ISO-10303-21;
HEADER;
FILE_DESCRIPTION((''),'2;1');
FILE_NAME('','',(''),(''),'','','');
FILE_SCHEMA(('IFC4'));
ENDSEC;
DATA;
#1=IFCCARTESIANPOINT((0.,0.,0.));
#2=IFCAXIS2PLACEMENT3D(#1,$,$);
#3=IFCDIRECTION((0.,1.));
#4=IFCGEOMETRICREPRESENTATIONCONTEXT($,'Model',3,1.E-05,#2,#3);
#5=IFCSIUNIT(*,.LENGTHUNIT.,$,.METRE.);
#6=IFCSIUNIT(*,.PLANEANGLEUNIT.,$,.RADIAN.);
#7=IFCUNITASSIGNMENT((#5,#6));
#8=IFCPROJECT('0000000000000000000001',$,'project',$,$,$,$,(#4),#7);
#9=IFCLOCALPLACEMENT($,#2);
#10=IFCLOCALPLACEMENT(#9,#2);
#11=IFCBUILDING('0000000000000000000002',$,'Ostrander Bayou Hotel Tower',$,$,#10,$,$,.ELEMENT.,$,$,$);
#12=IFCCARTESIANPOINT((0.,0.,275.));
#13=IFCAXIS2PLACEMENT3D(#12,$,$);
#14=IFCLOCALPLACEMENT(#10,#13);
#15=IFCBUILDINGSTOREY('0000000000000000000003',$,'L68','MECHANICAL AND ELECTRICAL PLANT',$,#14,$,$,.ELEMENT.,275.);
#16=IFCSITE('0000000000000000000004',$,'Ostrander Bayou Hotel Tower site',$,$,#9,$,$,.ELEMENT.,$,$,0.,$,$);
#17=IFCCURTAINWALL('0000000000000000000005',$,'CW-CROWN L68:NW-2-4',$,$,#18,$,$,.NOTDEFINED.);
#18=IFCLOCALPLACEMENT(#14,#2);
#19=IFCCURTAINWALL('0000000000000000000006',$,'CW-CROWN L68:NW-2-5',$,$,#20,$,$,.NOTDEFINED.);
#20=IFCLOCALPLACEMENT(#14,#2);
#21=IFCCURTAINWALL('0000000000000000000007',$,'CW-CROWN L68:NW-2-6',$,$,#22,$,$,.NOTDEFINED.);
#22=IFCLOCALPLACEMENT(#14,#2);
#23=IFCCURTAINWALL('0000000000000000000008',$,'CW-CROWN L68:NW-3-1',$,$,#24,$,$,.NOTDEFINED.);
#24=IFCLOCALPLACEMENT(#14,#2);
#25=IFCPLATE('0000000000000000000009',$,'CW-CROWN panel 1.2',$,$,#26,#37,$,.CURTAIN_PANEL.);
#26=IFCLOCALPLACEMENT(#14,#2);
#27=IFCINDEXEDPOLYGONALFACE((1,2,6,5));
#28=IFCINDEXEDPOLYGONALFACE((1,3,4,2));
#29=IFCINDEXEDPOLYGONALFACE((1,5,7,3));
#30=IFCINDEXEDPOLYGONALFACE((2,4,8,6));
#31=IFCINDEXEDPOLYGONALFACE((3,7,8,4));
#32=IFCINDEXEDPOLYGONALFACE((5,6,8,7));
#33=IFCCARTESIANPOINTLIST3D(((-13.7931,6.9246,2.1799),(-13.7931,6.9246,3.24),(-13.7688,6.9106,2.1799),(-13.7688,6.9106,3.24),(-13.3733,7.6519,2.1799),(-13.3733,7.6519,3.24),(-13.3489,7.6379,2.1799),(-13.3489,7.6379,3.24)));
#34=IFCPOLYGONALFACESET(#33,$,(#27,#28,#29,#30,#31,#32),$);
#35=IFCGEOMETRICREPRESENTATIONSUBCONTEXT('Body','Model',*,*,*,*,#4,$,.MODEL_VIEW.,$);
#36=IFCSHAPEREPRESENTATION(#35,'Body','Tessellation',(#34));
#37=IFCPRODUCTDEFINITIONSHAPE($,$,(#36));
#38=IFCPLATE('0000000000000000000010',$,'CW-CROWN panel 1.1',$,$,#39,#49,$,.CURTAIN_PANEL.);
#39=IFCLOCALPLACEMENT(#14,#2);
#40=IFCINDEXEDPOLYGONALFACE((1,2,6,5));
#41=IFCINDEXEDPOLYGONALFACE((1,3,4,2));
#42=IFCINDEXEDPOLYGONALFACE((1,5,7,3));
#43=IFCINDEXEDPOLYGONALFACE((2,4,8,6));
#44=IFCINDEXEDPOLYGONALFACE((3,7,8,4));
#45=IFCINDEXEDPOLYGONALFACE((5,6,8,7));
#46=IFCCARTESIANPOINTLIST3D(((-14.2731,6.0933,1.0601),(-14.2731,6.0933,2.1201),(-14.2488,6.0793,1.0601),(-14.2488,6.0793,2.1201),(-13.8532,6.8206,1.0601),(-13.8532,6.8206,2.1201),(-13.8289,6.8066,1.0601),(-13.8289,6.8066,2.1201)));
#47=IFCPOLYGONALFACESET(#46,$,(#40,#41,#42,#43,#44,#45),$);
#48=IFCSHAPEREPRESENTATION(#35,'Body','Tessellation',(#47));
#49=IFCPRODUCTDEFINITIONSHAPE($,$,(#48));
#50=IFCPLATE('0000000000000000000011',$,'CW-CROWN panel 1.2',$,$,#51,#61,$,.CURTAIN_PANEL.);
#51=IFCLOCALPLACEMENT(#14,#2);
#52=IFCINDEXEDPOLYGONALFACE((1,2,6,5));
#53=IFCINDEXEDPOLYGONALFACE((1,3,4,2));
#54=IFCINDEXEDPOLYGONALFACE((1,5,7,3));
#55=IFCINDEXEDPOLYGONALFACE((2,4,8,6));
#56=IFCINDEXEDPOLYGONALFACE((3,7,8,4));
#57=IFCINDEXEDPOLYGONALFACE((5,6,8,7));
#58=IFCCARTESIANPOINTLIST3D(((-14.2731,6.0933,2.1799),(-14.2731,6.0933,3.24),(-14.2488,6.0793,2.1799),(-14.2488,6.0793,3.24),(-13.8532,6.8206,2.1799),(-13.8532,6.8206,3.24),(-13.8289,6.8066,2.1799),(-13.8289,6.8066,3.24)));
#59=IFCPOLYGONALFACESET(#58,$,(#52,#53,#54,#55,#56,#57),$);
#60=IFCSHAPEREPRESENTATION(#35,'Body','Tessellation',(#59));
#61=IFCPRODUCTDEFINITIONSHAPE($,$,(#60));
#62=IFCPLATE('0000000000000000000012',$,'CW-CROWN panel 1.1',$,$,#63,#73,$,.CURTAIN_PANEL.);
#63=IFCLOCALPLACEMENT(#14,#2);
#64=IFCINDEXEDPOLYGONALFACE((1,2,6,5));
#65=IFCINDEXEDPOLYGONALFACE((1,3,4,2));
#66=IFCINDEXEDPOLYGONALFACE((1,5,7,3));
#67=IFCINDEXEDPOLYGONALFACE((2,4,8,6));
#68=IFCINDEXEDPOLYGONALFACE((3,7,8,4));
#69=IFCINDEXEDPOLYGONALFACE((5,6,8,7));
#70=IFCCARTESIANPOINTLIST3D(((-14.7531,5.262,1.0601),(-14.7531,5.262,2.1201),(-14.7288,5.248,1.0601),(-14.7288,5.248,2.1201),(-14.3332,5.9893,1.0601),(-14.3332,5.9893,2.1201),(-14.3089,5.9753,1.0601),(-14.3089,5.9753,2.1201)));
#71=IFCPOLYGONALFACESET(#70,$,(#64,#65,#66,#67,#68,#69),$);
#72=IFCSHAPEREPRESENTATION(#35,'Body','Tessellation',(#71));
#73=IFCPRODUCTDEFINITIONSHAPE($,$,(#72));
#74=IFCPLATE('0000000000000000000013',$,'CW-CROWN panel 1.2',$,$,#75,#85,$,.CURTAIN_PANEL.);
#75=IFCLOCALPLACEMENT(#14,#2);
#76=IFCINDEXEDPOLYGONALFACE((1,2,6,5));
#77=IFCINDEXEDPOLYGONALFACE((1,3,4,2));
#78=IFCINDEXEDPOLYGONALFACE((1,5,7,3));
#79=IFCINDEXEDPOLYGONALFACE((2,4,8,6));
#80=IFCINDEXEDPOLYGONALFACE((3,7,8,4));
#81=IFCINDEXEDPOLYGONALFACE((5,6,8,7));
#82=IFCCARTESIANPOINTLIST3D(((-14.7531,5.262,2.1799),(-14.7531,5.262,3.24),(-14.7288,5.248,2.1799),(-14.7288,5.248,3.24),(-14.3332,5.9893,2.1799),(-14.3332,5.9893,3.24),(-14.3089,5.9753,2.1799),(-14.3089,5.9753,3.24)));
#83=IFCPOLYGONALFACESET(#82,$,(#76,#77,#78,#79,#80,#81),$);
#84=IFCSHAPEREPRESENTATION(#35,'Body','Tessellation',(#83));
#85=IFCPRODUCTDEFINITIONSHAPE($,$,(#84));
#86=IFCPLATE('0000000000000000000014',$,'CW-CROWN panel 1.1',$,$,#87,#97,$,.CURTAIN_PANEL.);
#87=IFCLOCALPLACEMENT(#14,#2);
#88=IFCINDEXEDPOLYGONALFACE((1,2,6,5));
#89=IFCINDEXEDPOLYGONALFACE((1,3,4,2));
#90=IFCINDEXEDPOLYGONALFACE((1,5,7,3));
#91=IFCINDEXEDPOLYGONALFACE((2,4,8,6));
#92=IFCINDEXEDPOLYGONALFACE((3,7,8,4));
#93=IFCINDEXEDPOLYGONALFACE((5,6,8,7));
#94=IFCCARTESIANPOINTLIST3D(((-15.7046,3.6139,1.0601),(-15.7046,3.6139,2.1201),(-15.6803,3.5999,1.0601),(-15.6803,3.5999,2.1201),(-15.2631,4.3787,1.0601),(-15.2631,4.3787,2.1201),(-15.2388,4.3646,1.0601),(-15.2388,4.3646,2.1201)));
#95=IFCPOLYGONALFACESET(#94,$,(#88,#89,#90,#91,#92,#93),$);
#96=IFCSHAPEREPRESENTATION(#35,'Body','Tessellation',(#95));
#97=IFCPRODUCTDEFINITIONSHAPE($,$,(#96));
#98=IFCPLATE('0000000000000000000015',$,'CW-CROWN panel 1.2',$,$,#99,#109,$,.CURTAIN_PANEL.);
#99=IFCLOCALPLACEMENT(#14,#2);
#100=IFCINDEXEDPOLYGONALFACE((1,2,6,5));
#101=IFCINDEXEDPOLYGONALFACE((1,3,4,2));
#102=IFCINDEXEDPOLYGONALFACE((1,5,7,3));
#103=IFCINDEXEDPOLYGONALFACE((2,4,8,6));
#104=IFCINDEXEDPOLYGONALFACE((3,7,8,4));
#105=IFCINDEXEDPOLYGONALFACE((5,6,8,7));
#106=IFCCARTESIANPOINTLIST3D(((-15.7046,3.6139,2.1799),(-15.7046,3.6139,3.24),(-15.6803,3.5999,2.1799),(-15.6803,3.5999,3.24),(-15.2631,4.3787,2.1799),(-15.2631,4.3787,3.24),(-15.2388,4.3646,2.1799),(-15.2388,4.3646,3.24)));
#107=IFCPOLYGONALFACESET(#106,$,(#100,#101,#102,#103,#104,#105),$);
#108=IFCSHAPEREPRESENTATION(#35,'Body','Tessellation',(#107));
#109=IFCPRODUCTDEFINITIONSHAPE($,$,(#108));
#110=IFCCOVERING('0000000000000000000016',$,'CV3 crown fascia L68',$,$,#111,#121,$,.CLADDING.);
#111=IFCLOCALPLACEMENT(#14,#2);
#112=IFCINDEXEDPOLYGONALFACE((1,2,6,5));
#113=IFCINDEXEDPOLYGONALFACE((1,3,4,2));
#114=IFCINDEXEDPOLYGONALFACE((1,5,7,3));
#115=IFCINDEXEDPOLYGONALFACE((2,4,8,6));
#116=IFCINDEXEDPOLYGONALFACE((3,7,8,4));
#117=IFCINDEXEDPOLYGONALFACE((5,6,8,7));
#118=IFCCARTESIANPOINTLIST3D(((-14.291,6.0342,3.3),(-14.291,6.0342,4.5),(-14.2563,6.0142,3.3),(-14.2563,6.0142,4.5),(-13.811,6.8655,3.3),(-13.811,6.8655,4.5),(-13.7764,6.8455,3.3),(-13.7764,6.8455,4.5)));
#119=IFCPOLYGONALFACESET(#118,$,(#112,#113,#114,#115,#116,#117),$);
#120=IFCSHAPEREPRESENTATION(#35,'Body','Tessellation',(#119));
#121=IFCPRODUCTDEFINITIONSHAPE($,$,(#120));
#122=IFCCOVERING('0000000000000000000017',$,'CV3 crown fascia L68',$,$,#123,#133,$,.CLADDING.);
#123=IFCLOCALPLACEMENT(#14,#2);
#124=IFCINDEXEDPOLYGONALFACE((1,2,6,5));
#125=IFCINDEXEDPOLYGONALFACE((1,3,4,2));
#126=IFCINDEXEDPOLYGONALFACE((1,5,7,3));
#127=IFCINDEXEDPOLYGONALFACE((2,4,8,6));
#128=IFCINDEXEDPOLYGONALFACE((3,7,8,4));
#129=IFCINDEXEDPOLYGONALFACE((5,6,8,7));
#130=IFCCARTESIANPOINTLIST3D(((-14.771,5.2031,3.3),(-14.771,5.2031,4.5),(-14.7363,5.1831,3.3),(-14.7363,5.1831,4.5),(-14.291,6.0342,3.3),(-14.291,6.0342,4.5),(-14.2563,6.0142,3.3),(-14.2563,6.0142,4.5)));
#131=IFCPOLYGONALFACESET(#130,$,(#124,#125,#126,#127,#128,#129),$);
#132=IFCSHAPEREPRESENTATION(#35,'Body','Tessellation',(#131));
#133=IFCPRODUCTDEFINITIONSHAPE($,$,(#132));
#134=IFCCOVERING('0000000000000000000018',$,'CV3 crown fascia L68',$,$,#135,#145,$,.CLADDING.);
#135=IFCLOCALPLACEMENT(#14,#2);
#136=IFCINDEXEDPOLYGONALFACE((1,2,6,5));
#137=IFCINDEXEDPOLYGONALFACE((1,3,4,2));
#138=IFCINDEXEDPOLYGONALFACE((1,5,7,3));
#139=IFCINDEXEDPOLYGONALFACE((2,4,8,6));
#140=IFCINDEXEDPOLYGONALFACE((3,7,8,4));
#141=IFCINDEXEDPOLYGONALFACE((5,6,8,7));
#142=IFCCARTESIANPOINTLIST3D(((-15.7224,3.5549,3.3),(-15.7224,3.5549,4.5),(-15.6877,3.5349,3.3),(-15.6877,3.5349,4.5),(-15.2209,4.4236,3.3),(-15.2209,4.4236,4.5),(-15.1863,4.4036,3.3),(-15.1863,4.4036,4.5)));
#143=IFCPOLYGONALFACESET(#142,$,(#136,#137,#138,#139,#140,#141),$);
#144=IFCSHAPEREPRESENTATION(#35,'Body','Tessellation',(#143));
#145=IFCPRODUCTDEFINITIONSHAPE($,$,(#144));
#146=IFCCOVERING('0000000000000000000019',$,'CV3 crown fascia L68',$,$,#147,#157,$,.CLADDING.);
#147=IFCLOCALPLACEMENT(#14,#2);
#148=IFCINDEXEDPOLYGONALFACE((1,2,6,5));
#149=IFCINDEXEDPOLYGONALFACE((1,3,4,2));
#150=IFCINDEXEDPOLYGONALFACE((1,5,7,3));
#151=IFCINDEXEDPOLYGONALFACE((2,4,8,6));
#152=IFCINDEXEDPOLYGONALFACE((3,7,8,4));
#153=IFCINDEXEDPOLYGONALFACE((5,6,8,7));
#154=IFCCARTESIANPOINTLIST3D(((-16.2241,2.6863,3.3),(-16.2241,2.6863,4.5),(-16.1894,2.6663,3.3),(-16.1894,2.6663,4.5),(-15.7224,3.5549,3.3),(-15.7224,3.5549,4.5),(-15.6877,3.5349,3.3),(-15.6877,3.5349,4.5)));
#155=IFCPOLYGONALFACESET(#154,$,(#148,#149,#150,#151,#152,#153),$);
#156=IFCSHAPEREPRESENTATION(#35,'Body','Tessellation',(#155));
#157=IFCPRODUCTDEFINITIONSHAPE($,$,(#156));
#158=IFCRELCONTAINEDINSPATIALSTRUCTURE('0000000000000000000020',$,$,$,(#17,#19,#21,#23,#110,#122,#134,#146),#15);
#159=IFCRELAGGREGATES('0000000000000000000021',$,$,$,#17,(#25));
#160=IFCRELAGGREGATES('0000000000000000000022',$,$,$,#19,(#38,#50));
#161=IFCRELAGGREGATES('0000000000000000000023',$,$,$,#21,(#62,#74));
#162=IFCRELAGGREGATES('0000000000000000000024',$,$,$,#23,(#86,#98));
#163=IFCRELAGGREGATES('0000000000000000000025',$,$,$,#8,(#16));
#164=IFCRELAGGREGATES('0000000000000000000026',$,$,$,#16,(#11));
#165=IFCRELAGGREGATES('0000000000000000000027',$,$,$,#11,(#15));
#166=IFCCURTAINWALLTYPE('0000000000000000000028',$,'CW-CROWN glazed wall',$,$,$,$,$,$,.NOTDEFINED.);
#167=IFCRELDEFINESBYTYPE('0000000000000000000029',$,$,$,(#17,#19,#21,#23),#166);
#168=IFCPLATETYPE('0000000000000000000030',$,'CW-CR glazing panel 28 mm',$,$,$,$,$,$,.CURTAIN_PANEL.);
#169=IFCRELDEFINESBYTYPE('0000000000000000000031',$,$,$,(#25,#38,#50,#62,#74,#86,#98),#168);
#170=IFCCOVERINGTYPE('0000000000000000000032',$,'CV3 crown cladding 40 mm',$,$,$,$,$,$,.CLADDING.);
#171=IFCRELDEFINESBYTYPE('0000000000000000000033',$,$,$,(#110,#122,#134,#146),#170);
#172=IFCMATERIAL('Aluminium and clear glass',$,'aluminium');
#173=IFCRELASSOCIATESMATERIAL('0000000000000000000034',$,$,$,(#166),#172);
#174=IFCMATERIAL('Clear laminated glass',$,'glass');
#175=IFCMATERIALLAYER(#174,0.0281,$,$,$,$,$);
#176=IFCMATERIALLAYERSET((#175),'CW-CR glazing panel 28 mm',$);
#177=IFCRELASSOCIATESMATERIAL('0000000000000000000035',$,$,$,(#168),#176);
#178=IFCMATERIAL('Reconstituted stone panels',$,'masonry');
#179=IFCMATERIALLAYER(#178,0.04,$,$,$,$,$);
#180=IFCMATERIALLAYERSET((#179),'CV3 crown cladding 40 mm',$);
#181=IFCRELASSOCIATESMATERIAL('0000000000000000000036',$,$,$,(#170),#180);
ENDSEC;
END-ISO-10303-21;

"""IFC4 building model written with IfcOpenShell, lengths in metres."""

from ifc_helpers import new_model, si_unit, direction, frame, origin, origin_2d, place, context, subcontext, project, spatial, polyline, rectangle, outline, extrude, material, layer, layer_set, type_object, element, aggregate, save


model = new_model("IFC4")

# Units and contexts
model_context = context("Model", 3, precision=1e-05, world=origin(), true_north=direction((0.0, 1.0)))
body_context = subcontext(model_context, "Body", "Model", "MODEL_VIEW")
ifc_project = project(units=[si_unit("LENGTHUNIT", "METRE"), si_unit("PLANEANGLEUNIT", "RADIAN")], contexts=[model_context])

# Site, building, storey
site_placement = place(None, origin())
site = spatial("IfcSite", under=ifc_project, at=site_placement, Name="Ostrander Bayou Hotel Tower site", CompositionType="ELEMENT", RefElevation=0.0)
building_placement = place(site_placement, origin())
building = spatial("IfcBuilding", under=site, at=building_placement, Name="Ostrander Bayou Hotel Tower", CompositionType="ELEMENT")
storey_placement = place(building_placement, frame((0.0, 0.0, 275.0)))
storey = spatial("IfcBuildingStorey", under=building, at=storey_placement, Name="L68", Description="MECHANICAL AND ELECTRICAL PLANT", CompositionType="ELEMENT", Elevation=275.0)

# Curtain walls
ifc_material_1 = material(Name="Aluminium and clear glass", Category="aluminium")
curtain_wall_type = type_object("IfcCurtainWallType", Name="CW-CROWN glazed wall", PredefinedType="NOTDEFINED", material=ifc_material_1)
curtain_wall_1_placement = place(storey_placement, origin())
curtain_wall_1 = element("IfcCurtainWall", 1, at=curtain_wall_1_placement, inside=storey, type_object=curtain_wall_type, Name="CW-CROWN L68:NW-2-4", PredefinedType="NOTDEFINED")
curtain_wall_2_placement = place(storey_placement, origin())
curtain_wall_2 = element("IfcCurtainWall", 2, at=curtain_wall_2_placement, inside=storey, type_object=curtain_wall_type, Name="CW-CROWN L68:NW-2-5", PredefinedType="NOTDEFINED")
curtain_wall_3_placement = place(storey_placement, origin())
curtain_wall_3 = element("IfcCurtainWall", 3, at=curtain_wall_3_placement, inside=storey, type_object=curtain_wall_type, Name="CW-CROWN L68:NW-2-6", PredefinedType="NOTDEFINED")
curtain_wall_4_placement = place(storey_placement, origin())
curtain_wall_4 = element("IfcCurtainWall", 4, at=curtain_wall_4_placement, inside=storey, type_object=curtain_wall_type, Name="CW-CROWN L68:NW-3-1", PredefinedType="NOTDEFINED")

# Plates
ifc_material_2 = material(Name="Clear laminated glass", Category="glass")
ifc_layer_1 = layer(ifc_material_2, 0.0281)
ifc_layer_set_1 = layer_set([ifc_layer_1], Name="CW-CR glazing panel 28 mm")
plate_type = type_object("IfcPlateType", Name="CW-CR glazing panel 28 mm", PredefinedType="CURTAIN_PANEL", material=ifc_layer_set_1)
plate_1_placement = place(storey_placement, frame((-13.571, 7.2812, 2.1799), z_axis=(0.0, 0.0, 1.0), x_axis=(-0.49996, -0.866049, 0.0)))
plate_1 = element("IfcPlate", 5, at=plate_1_placement, type_object=plate_type, Name="CW-CROWN panel 1.2", PredefinedType="CURTAIN_PANEL", context=body_context, shape_type="SweptSolid", body=[
    extrude(rectangle(XDim=0.8398, YDim=0.0281, at=origin_2d()), origin(), (0.0, 0.0, 1.0), 1.0601),
])
aggregate(curtain_wall_1, [plate_1])
plate_2_placement = place(storey_placement, frame((-14.051, 6.45, 1.0601), z_axis=(0.0, 0.0, 1.0), x_axis=(-0.500005, -0.866022, 0.0)))
plate_2 = element("IfcPlate", 6, at=plate_2_placement, type_object=plate_type, Name="CW-CROWN panel 1.1", PredefinedType="CURTAIN_PANEL", context=body_context, shape_type="SweptSolid", body=[
    extrude(rectangle(XDim=0.8398, YDim=0.0281, at=origin_2d()), origin(), (0.0, 0.0, 1.0), 1.0601),
])
plate_3_placement = place(storey_placement, frame((-14.051, 6.45, 2.1799), z_axis=(0.0, 0.0, 1.0), x_axis=(-0.500005, -0.866022, 0.0)))
plate_3 = element("IfcPlate", 7, at=plate_3_placement, type_object=plate_type, Name="CW-CROWN panel 1.2", PredefinedType="CURTAIN_PANEL", context=body_context, shape_type="SweptSolid", body=[
    extrude(rectangle(XDim=0.8398, YDim=0.0281, at=origin_2d()), origin(), (0.0, 0.0, 1.0), 1.0601),
])
aggregate(curtain_wall_2, [plate_2, plate_3])
plate_4_placement = place(storey_placement, frame((-14.531, 5.6187, 1.0601), z_axis=(0.0, 0.0, 1.0), x_axis=(-0.500005, -0.866022, 0.0)))
plate_4 = element("IfcPlate", 8, at=plate_4_placement, type_object=plate_type, Name="CW-CROWN panel 1.1", PredefinedType="CURTAIN_PANEL", context=body_context, shape_type="SweptSolid", body=[
    extrude(rectangle(XDim=0.8398, YDim=0.0281, at=origin_2d()), origin(), (0.0, 0.0, 1.0), 1.0601),
])
plate_5_placement = place(storey_placement, frame((-14.531, 5.6187, 2.1799), z_axis=(0.0, 0.0, 1.0), x_axis=(-0.500005, -0.866022, 0.0)))
plate_5 = element("IfcPlate", 9, at=plate_5_placement, type_object=plate_type, Name="CW-CROWN panel 1.2", PredefinedType="CURTAIN_PANEL", context=body_context, shape_type="SweptSolid", body=[
    extrude(rectangle(XDim=0.8398, YDim=0.0281, at=origin_2d()), origin(), (0.0, 0.0, 1.0), 1.0601),
])
aggregate(curtain_wall_3, [plate_4, plate_5])
plate_6_placement = place(storey_placement, frame((-15.4717, 3.9893, 1.0601), z_axis=(0.0, 0.0, 1.0), x_axis=(-0.499967, -0.866044, 0.0)))
plate_6 = element("IfcPlate", 10, at=plate_6_placement, type_object=plate_type, Name="CW-CROWN panel 1.1", PredefinedType="CURTAIN_PANEL", context=body_context, shape_type="SweptSolid", body=[
    extrude(rectangle(XDim=0.8831, YDim=0.0281, at=origin_2d()), origin(), (0.0, 0.0, 1.0), 1.0601),
])
plate_7_placement = place(storey_placement, frame((-15.4717, 3.9893, 2.1799), z_axis=(0.0, 0.0, 1.0), x_axis=(-0.499967, -0.866044, 0.0)))
plate_7 = element("IfcPlate", 11, at=plate_7_placement, type_object=plate_type, Name="CW-CROWN panel 1.2", PredefinedType="CURTAIN_PANEL", context=body_context, shape_type="SweptSolid", body=[
    extrude(rectangle(XDim=0.8831, YDim=0.0281, at=origin_2d()), origin(), (0.0, 0.0, 1.0), 1.0601),
])
aggregate(curtain_wall_4, [plate_6, plate_7])

# Coverings
ifc_material_3 = material(Name="Reconstituted stone panels", Category="masonry")
ifc_layer_2 = layer(ifc_material_3, 0.04)
ifc_layer_set_2 = layer_set([ifc_layer_2], Name="CV3 crown cladding 40 mm")
covering_type = type_object("IfcCoveringType", Name="CV3 crown cladding 40 mm", PredefinedType="CLADDING", material=ifc_layer_set_2)
covering_1_placement = place(storey_placement, frame((-13.811, 6.8655, 3.3), z_axis=(-0.866012, 0.500023, 0.0), x_axis=(-0.500023, -0.866012, 0.0)))
element("IfcCovering", 12, at=covering_1_placement, inside=storey, type_object=covering_type, Name="CV3 crown fascia L68", PredefinedType="CLADDING", context=body_context, shape_type="SweptSolid", body=[
    extrude(outline(polyline([(0.0, 0.0), (0.9599, 0.0), (0.9599, 1.2), (0.0, 1.2), (0.0, 0.0)])), origin(), (0.0, 0.0, -1.0), 0.04),
])
covering_2_placement = place(storey_placement, frame((-14.291, 6.0342, 3.3), z_axis=(-0.865948, 0.500133, 0.0), x_axis=(-0.500133, -0.865948, 0.0)))
element("IfcCovering", 13, at=covering_2_placement, inside=storey, type_object=covering_type, Name="CV3 crown fascia L68", PredefinedType="CLADDING", context=body_context, shape_type="SweptSolid", body=[
    extrude(outline(polyline([(0.0, 0.0), (0.9597, 0.0), (0.9597, 1.2), (0.0, 1.2), (0.0, 0.0)])), origin(), (0.0, 0.0, -1.0), 0.04),
])
covering_3_placement = place(storey_placement, frame((-15.2209, 4.4236, 3.3), z_axis=(-0.866048, 0.499961, 0.0), x_axis=(-0.499961, -0.866048, 0.0)))
element("IfcCovering", 14, at=covering_3_placement, inside=storey, type_object=covering_type, Name="CV3 crown fascia L68", PredefinedType="CLADDING", context=body_context, shape_type="SweptSolid", body=[
    extrude(outline(polyline([(0.0, 0.0), (1.003, 0.0), (1.003, 1.2), (0.0, 1.2), (0.0, 0.0)])), origin(), (0.0, 0.0, -1.0), 0.04),
])
covering_4_placement = place(storey_placement, frame((-15.7224, 3.5549, 3.3), z_axis=(-0.865942, 0.500144, 0.0), x_axis=(-0.500144, -0.865942, 0.0)))
element("IfcCovering", 15, at=covering_4_placement, inside=storey, type_object=covering_type, Name="CV3 crown fascia L68", PredefinedType="CLADDING", context=body_context, shape_type="SweptSolid", body=[
    extrude(outline(polyline([(0.0, 0.0), (1.0031, 0.0), (1.0031, 1.2), (0.0, 1.2), (0.0, 0.0)])), origin(), (0.0, 0.0, -1.0), 0.04),
])

save(model, "model.ifc")
